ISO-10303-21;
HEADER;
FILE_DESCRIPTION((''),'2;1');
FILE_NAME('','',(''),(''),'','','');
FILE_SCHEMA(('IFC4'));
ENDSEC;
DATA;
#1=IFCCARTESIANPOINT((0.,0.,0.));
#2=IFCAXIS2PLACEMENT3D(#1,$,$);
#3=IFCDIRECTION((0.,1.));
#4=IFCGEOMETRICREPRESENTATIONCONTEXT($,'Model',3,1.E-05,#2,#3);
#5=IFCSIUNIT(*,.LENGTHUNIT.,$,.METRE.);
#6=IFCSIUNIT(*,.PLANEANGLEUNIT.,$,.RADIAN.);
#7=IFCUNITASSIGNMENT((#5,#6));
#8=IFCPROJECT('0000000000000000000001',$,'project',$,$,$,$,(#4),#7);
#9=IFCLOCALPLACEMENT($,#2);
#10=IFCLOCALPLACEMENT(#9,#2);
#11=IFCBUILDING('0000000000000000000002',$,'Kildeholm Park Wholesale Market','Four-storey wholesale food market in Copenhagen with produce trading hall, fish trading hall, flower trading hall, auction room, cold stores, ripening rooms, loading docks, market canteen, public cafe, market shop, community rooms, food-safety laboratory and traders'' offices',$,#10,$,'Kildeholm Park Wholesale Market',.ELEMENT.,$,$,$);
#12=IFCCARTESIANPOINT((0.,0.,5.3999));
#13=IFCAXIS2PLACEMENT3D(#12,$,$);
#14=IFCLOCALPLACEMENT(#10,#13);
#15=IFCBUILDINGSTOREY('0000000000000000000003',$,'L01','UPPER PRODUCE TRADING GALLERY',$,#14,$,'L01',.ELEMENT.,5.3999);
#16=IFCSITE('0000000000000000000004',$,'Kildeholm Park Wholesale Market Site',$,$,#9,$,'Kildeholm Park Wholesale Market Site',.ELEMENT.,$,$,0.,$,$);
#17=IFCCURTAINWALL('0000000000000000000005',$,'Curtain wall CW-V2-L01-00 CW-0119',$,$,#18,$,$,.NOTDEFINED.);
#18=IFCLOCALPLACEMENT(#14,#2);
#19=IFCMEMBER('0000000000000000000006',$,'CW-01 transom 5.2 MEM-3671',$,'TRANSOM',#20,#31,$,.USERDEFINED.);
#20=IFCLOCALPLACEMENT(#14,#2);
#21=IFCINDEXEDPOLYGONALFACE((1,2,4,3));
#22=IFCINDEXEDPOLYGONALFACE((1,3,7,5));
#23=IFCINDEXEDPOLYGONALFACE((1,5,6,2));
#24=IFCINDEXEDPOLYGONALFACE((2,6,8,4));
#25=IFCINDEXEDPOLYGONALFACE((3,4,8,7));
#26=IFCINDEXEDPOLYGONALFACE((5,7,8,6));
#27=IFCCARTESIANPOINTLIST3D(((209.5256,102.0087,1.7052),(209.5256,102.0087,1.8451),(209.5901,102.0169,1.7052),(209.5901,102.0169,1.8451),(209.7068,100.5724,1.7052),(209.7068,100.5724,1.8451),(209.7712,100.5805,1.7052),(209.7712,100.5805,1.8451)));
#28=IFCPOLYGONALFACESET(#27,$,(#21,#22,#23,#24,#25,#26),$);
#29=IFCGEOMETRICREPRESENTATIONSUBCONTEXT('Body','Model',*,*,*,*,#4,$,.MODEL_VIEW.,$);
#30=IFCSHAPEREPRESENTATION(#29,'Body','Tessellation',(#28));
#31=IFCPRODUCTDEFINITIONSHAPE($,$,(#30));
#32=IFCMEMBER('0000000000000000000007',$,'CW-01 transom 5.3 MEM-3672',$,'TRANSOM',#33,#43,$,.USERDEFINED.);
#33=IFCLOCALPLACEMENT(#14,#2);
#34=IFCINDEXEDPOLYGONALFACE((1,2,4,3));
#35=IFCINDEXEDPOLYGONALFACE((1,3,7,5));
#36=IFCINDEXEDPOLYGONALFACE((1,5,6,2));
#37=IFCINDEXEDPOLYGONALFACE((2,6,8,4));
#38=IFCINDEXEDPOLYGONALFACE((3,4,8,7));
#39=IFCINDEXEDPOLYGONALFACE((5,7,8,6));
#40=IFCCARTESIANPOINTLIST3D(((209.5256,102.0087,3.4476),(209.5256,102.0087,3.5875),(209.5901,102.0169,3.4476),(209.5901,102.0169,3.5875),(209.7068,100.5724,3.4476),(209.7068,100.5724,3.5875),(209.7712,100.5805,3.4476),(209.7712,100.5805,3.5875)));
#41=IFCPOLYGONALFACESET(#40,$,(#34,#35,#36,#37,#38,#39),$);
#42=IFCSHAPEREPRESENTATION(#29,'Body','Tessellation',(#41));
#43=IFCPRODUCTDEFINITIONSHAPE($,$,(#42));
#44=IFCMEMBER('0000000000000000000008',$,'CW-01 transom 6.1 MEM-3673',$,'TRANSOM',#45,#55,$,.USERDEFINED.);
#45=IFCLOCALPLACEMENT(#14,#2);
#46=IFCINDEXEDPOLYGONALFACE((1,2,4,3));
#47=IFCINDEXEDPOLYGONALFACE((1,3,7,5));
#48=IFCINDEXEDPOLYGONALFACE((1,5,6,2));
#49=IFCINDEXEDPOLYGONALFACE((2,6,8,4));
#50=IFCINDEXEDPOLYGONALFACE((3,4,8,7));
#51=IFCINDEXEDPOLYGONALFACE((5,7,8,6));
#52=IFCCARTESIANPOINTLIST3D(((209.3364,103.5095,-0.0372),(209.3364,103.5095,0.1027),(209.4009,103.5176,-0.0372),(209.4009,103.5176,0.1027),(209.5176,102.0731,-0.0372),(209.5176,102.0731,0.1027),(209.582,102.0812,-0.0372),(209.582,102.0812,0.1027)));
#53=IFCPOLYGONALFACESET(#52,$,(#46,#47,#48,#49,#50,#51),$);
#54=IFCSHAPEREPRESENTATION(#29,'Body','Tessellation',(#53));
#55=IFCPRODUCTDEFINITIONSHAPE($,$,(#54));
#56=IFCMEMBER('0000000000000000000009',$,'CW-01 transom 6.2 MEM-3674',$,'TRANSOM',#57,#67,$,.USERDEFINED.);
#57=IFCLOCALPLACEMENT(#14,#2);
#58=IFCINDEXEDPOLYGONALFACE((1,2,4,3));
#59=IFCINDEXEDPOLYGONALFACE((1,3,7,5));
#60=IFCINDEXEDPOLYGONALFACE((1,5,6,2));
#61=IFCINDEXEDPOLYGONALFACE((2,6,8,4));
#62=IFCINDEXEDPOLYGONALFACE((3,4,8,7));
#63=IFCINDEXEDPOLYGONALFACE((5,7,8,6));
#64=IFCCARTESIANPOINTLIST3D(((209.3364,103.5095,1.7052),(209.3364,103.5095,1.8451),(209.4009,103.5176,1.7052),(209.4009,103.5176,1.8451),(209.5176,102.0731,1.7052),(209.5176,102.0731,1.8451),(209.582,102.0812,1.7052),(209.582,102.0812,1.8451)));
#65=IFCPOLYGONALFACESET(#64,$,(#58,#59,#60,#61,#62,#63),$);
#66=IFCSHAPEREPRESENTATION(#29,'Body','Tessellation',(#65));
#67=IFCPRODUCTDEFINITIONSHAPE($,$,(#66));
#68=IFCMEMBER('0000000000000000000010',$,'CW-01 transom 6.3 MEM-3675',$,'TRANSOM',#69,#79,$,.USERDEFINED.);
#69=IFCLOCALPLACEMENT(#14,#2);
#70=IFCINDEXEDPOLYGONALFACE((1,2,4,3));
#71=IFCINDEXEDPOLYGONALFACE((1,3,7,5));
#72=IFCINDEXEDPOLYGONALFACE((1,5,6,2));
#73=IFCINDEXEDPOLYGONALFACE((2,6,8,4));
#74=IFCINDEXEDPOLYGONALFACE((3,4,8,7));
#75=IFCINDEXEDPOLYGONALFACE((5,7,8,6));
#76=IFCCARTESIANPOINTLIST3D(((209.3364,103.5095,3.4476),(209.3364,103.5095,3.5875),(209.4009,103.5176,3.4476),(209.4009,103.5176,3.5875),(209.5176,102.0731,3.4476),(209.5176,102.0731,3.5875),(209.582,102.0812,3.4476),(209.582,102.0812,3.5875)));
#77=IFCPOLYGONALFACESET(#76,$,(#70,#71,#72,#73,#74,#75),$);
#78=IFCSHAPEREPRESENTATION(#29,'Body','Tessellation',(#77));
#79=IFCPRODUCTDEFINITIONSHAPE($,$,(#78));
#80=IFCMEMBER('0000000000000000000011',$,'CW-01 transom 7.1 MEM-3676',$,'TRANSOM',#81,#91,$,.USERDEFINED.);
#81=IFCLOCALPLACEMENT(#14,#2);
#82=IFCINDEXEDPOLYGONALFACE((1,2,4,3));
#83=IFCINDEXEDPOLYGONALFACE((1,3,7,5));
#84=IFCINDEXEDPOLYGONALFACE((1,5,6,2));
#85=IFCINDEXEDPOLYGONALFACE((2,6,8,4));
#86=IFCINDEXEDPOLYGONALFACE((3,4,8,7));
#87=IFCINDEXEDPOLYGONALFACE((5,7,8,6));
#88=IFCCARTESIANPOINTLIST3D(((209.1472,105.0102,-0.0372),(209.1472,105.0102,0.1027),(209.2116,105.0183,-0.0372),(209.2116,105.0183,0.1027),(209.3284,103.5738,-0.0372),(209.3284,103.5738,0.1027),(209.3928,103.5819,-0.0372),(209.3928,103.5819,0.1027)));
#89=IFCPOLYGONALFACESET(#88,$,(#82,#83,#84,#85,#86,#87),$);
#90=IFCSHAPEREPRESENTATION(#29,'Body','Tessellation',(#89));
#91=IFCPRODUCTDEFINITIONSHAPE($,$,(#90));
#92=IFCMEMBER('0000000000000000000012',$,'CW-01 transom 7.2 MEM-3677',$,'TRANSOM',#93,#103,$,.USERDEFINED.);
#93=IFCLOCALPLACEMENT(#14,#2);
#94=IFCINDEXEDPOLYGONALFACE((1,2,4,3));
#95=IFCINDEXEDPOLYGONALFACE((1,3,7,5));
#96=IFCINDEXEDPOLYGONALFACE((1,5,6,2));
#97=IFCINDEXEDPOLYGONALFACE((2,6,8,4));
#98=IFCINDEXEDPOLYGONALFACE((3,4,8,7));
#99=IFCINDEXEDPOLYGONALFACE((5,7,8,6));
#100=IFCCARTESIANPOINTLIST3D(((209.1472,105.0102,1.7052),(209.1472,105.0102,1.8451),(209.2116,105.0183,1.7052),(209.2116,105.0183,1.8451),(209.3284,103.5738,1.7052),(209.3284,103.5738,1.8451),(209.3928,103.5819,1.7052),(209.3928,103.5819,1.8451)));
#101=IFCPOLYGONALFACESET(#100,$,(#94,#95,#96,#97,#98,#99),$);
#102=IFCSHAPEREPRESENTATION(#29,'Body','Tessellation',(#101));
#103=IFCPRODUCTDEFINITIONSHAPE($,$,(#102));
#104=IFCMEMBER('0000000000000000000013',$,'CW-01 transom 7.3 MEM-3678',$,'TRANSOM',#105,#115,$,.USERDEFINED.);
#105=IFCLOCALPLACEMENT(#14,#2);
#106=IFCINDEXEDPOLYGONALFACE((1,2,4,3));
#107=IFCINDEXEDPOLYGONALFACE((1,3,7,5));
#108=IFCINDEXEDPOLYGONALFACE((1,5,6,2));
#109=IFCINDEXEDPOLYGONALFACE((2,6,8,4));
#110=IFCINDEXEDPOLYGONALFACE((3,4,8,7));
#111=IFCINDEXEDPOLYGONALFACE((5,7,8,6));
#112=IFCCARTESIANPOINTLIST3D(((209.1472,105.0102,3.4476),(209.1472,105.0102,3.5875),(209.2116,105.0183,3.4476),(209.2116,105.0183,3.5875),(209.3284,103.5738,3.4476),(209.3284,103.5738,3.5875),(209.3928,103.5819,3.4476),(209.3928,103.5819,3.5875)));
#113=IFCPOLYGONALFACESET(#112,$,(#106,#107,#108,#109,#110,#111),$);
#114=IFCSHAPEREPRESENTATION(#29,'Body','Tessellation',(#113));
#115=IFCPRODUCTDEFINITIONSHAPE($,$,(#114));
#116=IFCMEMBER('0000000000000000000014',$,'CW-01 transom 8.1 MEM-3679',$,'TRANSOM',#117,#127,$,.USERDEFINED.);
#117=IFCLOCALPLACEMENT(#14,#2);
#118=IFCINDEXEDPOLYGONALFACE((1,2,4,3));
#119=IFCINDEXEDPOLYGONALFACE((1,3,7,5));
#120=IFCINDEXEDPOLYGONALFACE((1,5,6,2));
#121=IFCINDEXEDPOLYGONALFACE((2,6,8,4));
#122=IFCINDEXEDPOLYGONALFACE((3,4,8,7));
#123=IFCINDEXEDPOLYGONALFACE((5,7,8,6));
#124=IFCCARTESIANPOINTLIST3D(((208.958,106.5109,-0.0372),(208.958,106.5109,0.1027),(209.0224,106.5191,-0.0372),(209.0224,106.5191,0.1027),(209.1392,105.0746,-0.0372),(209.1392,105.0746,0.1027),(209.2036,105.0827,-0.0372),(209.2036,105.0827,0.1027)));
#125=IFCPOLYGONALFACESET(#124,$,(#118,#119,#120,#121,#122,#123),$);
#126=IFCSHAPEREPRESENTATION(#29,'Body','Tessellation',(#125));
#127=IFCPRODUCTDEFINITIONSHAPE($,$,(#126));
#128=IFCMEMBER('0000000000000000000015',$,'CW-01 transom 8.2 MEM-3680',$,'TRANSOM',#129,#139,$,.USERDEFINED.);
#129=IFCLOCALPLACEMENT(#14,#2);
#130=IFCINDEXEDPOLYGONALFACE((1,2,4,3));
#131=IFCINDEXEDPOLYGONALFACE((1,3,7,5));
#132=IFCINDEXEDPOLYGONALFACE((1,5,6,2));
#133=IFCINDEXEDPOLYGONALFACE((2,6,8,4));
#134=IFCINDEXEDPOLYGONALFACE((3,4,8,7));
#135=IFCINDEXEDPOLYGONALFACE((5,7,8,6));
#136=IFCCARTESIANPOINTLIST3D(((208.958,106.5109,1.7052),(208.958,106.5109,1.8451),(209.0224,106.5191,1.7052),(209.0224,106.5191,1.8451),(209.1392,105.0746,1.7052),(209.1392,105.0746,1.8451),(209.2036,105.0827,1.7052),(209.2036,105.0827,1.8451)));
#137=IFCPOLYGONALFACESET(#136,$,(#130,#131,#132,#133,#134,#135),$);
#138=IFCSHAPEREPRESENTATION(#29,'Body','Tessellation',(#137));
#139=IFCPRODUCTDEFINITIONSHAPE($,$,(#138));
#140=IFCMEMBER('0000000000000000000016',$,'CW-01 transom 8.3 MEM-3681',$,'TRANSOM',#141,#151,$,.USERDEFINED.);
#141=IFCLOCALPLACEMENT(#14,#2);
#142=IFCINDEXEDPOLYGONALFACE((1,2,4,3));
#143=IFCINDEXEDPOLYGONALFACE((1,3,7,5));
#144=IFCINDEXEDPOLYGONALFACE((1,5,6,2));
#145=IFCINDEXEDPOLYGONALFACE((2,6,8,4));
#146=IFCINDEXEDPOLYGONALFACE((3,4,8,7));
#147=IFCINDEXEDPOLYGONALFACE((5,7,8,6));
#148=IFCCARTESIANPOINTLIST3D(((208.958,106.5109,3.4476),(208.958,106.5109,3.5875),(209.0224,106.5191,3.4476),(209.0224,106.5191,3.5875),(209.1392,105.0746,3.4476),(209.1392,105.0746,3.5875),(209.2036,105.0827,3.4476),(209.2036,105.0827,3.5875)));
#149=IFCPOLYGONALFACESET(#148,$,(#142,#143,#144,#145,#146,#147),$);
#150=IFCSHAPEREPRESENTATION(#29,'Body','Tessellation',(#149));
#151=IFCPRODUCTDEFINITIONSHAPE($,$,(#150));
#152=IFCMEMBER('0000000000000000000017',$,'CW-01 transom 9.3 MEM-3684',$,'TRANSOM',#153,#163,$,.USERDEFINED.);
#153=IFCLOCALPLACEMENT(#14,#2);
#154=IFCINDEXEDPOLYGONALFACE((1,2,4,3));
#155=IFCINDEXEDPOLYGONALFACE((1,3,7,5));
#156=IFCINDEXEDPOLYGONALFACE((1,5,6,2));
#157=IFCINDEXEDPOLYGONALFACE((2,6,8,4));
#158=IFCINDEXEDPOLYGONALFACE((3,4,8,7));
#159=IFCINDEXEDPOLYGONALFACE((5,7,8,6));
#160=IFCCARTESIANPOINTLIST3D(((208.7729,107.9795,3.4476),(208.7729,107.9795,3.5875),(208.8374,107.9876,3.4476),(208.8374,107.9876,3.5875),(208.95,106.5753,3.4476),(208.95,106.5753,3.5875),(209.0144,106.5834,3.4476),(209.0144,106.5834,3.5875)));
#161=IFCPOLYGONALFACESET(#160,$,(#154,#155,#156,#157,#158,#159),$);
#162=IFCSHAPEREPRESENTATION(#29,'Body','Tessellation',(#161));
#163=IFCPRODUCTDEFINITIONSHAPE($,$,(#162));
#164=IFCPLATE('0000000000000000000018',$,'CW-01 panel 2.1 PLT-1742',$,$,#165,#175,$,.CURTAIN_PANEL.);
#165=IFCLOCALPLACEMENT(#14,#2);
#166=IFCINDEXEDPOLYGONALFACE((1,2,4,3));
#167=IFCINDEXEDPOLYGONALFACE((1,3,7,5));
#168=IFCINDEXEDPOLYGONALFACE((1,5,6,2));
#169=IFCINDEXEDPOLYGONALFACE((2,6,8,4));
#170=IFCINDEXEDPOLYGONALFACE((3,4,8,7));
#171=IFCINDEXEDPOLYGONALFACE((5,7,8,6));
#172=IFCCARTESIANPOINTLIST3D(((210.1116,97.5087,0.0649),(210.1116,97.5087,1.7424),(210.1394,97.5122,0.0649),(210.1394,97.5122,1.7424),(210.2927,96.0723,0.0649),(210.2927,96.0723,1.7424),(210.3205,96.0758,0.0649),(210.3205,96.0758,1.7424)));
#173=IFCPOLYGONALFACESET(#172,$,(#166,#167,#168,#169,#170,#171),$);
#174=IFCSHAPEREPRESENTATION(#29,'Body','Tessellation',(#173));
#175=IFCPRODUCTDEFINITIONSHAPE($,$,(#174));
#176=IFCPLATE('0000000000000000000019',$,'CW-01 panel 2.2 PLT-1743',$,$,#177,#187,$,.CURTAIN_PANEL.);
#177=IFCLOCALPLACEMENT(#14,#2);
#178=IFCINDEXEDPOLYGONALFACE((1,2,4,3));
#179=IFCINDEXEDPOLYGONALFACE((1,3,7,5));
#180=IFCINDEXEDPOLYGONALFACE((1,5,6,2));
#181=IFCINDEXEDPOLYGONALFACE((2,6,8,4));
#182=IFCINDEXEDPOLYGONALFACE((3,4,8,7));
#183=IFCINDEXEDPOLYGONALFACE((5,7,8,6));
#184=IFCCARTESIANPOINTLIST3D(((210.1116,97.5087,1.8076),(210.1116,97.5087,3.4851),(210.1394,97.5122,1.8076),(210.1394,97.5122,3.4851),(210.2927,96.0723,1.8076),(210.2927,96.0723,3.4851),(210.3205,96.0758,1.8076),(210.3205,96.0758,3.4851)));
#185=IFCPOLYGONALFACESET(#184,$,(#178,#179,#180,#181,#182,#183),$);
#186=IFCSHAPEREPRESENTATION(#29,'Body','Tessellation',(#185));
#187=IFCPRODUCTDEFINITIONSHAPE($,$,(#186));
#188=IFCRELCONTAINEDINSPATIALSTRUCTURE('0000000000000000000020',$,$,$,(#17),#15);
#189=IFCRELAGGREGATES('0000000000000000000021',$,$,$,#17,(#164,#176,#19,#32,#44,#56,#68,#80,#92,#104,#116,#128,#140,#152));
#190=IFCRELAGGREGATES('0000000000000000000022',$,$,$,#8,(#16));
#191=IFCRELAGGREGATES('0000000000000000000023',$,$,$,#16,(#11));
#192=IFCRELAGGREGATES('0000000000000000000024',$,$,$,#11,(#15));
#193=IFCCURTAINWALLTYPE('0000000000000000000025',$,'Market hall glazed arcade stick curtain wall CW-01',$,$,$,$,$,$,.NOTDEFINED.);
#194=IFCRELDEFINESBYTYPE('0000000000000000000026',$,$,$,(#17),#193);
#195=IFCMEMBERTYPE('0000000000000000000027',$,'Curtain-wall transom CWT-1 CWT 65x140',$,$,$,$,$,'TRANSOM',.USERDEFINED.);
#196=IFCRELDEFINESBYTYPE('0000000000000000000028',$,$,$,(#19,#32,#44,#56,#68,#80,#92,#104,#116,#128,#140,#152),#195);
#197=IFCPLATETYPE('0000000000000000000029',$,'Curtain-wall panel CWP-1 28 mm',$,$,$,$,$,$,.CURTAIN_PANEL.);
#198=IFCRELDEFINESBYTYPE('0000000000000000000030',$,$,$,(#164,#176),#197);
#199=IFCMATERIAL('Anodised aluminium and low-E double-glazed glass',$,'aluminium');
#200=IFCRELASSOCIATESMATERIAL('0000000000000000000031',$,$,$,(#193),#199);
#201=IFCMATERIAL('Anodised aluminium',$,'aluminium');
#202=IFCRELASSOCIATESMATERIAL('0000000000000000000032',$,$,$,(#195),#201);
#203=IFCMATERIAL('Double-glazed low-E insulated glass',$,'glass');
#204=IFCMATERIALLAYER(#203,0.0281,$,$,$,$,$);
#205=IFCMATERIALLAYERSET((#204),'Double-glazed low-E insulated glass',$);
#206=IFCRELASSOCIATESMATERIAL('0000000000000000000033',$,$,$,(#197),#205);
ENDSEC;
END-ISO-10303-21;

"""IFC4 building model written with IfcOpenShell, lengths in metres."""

from ifc_helpers import new_model, si_unit, direction, frame, origin, origin_2d, place, context, subcontext, project, spatial, rectangle, extrude, material, layer, layer_set, material_profile, profile_set, type_object, element, aggregate, save


model = new_model("IFC4")

# Units and contexts
model_context = context("Model", 3, precision=1e-05, world=origin(), true_north=direction((0.0, 1.0)))
body_context = subcontext(model_context, "Body", "Model", "MODEL_VIEW")
ifc_project = project(units=[si_unit("LENGTHUNIT", "METRE"), si_unit("PLANEANGLEUNIT", "RADIAN")], contexts=[model_context])

# Site, building, storey
site_placement = place(None, origin())
site = spatial("IfcSite", under=ifc_project, at=site_placement, Name="Kildeholm Park Wholesale Market Site", LongName="Kildeholm Park Wholesale Market Site", CompositionType="ELEMENT", RefElevation=0.0)
building_placement = place(site_placement, origin())
building = spatial("IfcBuilding", under=site, at=building_placement, Name="Kildeholm Park Wholesale Market", Description="Four-storey wholesale food market in Copenhagen with produce trading hall, fish trading hall, flower trading hall, auction room, cold stores, ripening rooms, loading docks, market canteen, public cafe, market shop, community rooms, food-safety laboratory and traders' offices", LongName="Kildeholm Park Wholesale Market", CompositionType="ELEMENT")
storey_placement = place(building_placement, frame((0.0, 0.0, 5.3999)))
storey = spatial("IfcBuildingStorey", under=building, at=storey_placement, Name="L01", Description="UPPER PRODUCE TRADING GALLERY", LongName="L01", CompositionType="ELEMENT", Elevation=5.3999)

# Curtain wall, members, plates
ifc_material_1 = material(Name="Anodised aluminium and low-E double-glazed glass", Category="aluminium")
curtain_wall_type = type_object("IfcCurtainWallType", Name="Market hall glazed arcade stick curtain wall CW-01", PredefinedType="NOTDEFINED", material=ifc_material_1)
curtain_wall_placement = place(storey_placement, origin())
curtain_wall = element("IfcCurtainWall", 1, at=curtain_wall_placement, inside=storey, type_object=curtain_wall_type, Name="Curtain wall CW-V2-L01-00 CW-0119", PredefinedType="NOTDEFINED")
ifc_material_2 = material(Name="Anodised aluminium", Category="aluminium")
ifc_material_profile_1 = material_profile(ifc_material_2, rectangle(XDim=0.0649, YDim=0.1399, at=origin_2d()), Name="CWT 65x140")
ifc_profile_set_1 = profile_set([ifc_material_profile_1], Name="Anodised aluminium")
member_type_1 = type_object("IfcMemberType", Name="Curtain-wall transom CWT-1 CWT 65x140", ElementType="TRANSOM", PredefinedType="USERDEFINED", material=ifc_profile_set_1)
member_1_placement = place(storey_placement, frame((209.739, 100.5764, 1.7751), z_axis=(-0.125135, 0.99214, 0.0), x_axis=(-0.99214, -0.125135, 0.0)))
member_1 = element("IfcMember", 2, at=member_1_placement, type_object=member_type_1, Name="CW-01 transom 5.2 MEM-3671", ObjectType="TRANSOM", PredefinedType="USERDEFINED", context=body_context, shape_type="SweptSolid", body=[
    extrude(rectangle(XDim=0.0649, YDim=0.1399, at=origin_2d()), origin(), (0.0, 0.0, 1.0), 1.4478),
])
member_2_placement = place(storey_placement, frame((209.739, 100.5764, 3.5176), z_axis=(-0.125135, 0.99214, 0.0), x_axis=(-0.99214, -0.125135, 0.0)))
member_2 = element("IfcMember", 3, at=member_2_placement, type_object=member_type_1, Name="CW-01 transom 5.3 MEM-3672", ObjectType="TRANSOM", PredefinedType="USERDEFINED", context=body_context, shape_type="SweptSolid", body=[
    extrude(rectangle(XDim=0.0649, YDim=0.1399, at=origin_2d()), origin(), (0.0, 0.0, 1.0), 1.4478),
])
member_3_placement = place(storey_placement, frame((209.5498, 102.0771, 0.0327), z_axis=(-0.125135, 0.99214, 0.0), x_axis=(-0.99214, -0.125135, 0.0)))
member_3 = element("IfcMember", 4, at=member_3_placement, type_object=member_type_1, Name="CW-01 transom 6.1 MEM-3673", ObjectType="TRANSOM", PredefinedType="USERDEFINED", context=body_context, shape_type="SweptSolid", body=[
    extrude(rectangle(XDim=0.0649, YDim=0.1399, at=origin_2d()), origin(), (0.0, 0.0, 1.0), 1.4478),
])
member_4_placement = place(storey_placement, frame((209.5498, 102.0771, 1.7751), z_axis=(-0.125135, 0.99214, 0.0), x_axis=(-0.99214, -0.125135, 0.0)))
member_4 = element("IfcMember", 5, at=member_4_placement, type_object=member_type_1, Name="CW-01 transom 6.2 MEM-3674", ObjectType="TRANSOM", PredefinedType="USERDEFINED", context=body_context, shape_type="SweptSolid", body=[
    extrude(rectangle(XDim=0.0649, YDim=0.1399, at=origin_2d()), origin(), (0.0, 0.0, 1.0), 1.4478),
])
member_5_placement = place(storey_placement, frame((209.5498, 102.0771, 3.5176), z_axis=(-0.125135, 0.99214, 0.0), x_axis=(-0.99214, -0.125135, 0.0)))
member_5 = element("IfcMember", 6, at=member_5_placement, type_object=member_type_1, Name="CW-01 transom 6.3 MEM-3675", ObjectType="TRANSOM", PredefinedType="USERDEFINED", context=body_context, shape_type="SweptSolid", body=[
    extrude(rectangle(XDim=0.0649, YDim=0.1399, at=origin_2d()), origin(), (0.0, 0.0, 1.0), 1.4478),
])
member_6_placement = place(storey_placement, frame((209.3606, 103.5779, 0.0327), z_axis=(-0.125135, 0.99214, 0.0), x_axis=(-0.99214, -0.125135, 0.0)))
member_6 = element("IfcMember", 7, at=member_6_placement, type_object=member_type_1, Name="CW-01 transom 7.1 MEM-3676", ObjectType="TRANSOM", PredefinedType="USERDEFINED", context=body_context, shape_type="SweptSolid", body=[
    extrude(rectangle(XDim=0.0649, YDim=0.1399, at=origin_2d()), origin(), (0.0, 0.0, 1.0), 1.4478),
])
member_7_placement = place(storey_placement, frame((209.3606, 103.5779, 1.7751), z_axis=(-0.125135, 0.99214, 0.0), x_axis=(-0.99214, -0.125135, 0.0)))
member_7 = element("IfcMember", 8, at=member_7_placement, type_object=member_type_1, Name="CW-01 transom 7.2 MEM-3677", ObjectType="TRANSOM", PredefinedType="USERDEFINED", context=body_context, shape_type="SweptSolid", body=[
    extrude(rectangle(XDim=0.0649, YDim=0.1399, at=origin_2d()), origin(), (0.0, 0.0, 1.0), 1.4478),
])
member_8_placement = place(storey_placement, frame((209.3606, 103.5779, 3.5176), z_axis=(-0.125135, 0.99214, 0.0), x_axis=(-0.99214, -0.125135, 0.0)))
member_8 = element("IfcMember", 9, at=member_8_placement, type_object=member_type_1, Name="CW-01 transom 7.3 MEM-3678", ObjectType="TRANSOM", PredefinedType="USERDEFINED", context=body_context, shape_type="SweptSolid", body=[
    extrude(rectangle(XDim=0.0649, YDim=0.1399, at=origin_2d()), origin(), (0.0, 0.0, 1.0), 1.4478),
])
member_9_placement = place(storey_placement, frame((209.1714, 105.0786, 0.0327), z_axis=(-0.125135, 0.99214, 0.0), x_axis=(-0.99214, -0.125135, 0.0)))
member_9 = element("IfcMember", 10, at=member_9_placement, type_object=member_type_1, Name="CW-01 transom 8.1 MEM-3679", ObjectType="TRANSOM", PredefinedType="USERDEFINED", context=body_context, shape_type="SweptSolid", body=[
    extrude(rectangle(XDim=0.0649, YDim=0.1399, at=origin_2d()), origin(), (0.0, 0.0, 1.0), 1.4478),
])
member_10_placement = place(storey_placement, frame((209.1714, 105.0786, 1.7751), z_axis=(-0.125135, 0.99214, 0.0), x_axis=(-0.99214, -0.125135, 0.0)))
member_10 = element("IfcMember", 11, at=member_10_placement, type_object=member_type_1, Name="CW-01 transom 8.2 MEM-3680", ObjectType="TRANSOM", PredefinedType="USERDEFINED", context=body_context, shape_type="SweptSolid", body=[
    extrude(rectangle(XDim=0.0649, YDim=0.1399, at=origin_2d()), origin(), (0.0, 0.0, 1.0), 1.4478),
])
member_11_placement = place(storey_placement, frame((209.1714, 105.0786, 3.5176), z_axis=(-0.125135, 0.99214, 0.0), x_axis=(-0.99214, -0.125135, 0.0)))
member_11 = element("IfcMember", 12, at=member_11_placement, type_object=member_type_1, Name="CW-01 transom 8.3 MEM-3681", ObjectType="TRANSOM", PredefinedType="USERDEFINED", context=body_context, shape_type="SweptSolid", body=[
    extrude(rectangle(XDim=0.0649, YDim=0.1399, at=origin_2d()), origin(), (0.0, 0.0, 1.0), 1.4478),
])
member_12_placement = place(storey_placement, frame((208.9822, 106.5793, 3.5176), z_axis=(-0.125075, 0.992147, 0.0), x_axis=(-0.992147, -0.125075, 0.0)))
member_12 = element("IfcMember", 13, at=member_12_placement, type_object=member_type_1, Name="CW-01 transom 9.3 MEM-3684", ObjectType="TRANSOM", PredefinedType="USERDEFINED", context=body_context, shape_type="SweptSolid", body=[
    extrude(rectangle(XDim=0.0649, YDim=0.1399, at=origin_2d()), origin(), (0.0, 0.0, 1.0), 1.4153),
])
ifc_material_3 = material(Name="Double-glazed low-E insulated glass", Category="glass")
ifc_layer = layer(ifc_material_3, 0.0281)
ifc_layer_set = layer_set([ifc_layer], Name="Double-glazed low-E insulated glass")
plate_type = type_object("IfcPlateType", Name="Curtain-wall panel CWP-1 28 mm", PredefinedType="CURTAIN_PANEL", material=ifc_layer_set)
plate_1_placement = place(storey_placement, frame((210.2161, 96.7922, 0.0649), z_axis=(0.0, 0.0, 1.0), x_axis=(-0.125092, 0.992145, 0.0)))
plate_1 = element("IfcPlate", 14, at=plate_1_placement, type_object=plate_type, Name="CW-01 panel 2.1 PLT-1742", PredefinedType="CURTAIN_PANEL", context=body_context, shape_type="SweptSolid", body=[
    extrude(rectangle(XDim=1.4478, YDim=0.0281, at=origin_2d()), origin(), (0.0, 0.0, 1.0), 1.6775),
])
plate_2_placement = place(storey_placement, frame((210.2161, 96.7922, 1.8076), z_axis=(0.0, 0.0, 1.0), x_axis=(-0.125092, 0.992145, 0.0)))
plate_2 = element("IfcPlate", 15, at=plate_2_placement, type_object=plate_type, Name="CW-01 panel 2.2 PLT-1743", PredefinedType="CURTAIN_PANEL", context=body_context, shape_type="SweptSolid", body=[
    extrude(rectangle(XDim=1.4478, YDim=0.0281, at=origin_2d()), origin(), (0.0, 0.0, 1.0), 1.6775),
])
aggregate(curtain_wall, [plate_1, plate_2, member_1, member_2, member_3, member_4, member_5, member_6, member_7, member_8, member_9, member_10, member_11, member_12])

save(model, "model.ifc")
